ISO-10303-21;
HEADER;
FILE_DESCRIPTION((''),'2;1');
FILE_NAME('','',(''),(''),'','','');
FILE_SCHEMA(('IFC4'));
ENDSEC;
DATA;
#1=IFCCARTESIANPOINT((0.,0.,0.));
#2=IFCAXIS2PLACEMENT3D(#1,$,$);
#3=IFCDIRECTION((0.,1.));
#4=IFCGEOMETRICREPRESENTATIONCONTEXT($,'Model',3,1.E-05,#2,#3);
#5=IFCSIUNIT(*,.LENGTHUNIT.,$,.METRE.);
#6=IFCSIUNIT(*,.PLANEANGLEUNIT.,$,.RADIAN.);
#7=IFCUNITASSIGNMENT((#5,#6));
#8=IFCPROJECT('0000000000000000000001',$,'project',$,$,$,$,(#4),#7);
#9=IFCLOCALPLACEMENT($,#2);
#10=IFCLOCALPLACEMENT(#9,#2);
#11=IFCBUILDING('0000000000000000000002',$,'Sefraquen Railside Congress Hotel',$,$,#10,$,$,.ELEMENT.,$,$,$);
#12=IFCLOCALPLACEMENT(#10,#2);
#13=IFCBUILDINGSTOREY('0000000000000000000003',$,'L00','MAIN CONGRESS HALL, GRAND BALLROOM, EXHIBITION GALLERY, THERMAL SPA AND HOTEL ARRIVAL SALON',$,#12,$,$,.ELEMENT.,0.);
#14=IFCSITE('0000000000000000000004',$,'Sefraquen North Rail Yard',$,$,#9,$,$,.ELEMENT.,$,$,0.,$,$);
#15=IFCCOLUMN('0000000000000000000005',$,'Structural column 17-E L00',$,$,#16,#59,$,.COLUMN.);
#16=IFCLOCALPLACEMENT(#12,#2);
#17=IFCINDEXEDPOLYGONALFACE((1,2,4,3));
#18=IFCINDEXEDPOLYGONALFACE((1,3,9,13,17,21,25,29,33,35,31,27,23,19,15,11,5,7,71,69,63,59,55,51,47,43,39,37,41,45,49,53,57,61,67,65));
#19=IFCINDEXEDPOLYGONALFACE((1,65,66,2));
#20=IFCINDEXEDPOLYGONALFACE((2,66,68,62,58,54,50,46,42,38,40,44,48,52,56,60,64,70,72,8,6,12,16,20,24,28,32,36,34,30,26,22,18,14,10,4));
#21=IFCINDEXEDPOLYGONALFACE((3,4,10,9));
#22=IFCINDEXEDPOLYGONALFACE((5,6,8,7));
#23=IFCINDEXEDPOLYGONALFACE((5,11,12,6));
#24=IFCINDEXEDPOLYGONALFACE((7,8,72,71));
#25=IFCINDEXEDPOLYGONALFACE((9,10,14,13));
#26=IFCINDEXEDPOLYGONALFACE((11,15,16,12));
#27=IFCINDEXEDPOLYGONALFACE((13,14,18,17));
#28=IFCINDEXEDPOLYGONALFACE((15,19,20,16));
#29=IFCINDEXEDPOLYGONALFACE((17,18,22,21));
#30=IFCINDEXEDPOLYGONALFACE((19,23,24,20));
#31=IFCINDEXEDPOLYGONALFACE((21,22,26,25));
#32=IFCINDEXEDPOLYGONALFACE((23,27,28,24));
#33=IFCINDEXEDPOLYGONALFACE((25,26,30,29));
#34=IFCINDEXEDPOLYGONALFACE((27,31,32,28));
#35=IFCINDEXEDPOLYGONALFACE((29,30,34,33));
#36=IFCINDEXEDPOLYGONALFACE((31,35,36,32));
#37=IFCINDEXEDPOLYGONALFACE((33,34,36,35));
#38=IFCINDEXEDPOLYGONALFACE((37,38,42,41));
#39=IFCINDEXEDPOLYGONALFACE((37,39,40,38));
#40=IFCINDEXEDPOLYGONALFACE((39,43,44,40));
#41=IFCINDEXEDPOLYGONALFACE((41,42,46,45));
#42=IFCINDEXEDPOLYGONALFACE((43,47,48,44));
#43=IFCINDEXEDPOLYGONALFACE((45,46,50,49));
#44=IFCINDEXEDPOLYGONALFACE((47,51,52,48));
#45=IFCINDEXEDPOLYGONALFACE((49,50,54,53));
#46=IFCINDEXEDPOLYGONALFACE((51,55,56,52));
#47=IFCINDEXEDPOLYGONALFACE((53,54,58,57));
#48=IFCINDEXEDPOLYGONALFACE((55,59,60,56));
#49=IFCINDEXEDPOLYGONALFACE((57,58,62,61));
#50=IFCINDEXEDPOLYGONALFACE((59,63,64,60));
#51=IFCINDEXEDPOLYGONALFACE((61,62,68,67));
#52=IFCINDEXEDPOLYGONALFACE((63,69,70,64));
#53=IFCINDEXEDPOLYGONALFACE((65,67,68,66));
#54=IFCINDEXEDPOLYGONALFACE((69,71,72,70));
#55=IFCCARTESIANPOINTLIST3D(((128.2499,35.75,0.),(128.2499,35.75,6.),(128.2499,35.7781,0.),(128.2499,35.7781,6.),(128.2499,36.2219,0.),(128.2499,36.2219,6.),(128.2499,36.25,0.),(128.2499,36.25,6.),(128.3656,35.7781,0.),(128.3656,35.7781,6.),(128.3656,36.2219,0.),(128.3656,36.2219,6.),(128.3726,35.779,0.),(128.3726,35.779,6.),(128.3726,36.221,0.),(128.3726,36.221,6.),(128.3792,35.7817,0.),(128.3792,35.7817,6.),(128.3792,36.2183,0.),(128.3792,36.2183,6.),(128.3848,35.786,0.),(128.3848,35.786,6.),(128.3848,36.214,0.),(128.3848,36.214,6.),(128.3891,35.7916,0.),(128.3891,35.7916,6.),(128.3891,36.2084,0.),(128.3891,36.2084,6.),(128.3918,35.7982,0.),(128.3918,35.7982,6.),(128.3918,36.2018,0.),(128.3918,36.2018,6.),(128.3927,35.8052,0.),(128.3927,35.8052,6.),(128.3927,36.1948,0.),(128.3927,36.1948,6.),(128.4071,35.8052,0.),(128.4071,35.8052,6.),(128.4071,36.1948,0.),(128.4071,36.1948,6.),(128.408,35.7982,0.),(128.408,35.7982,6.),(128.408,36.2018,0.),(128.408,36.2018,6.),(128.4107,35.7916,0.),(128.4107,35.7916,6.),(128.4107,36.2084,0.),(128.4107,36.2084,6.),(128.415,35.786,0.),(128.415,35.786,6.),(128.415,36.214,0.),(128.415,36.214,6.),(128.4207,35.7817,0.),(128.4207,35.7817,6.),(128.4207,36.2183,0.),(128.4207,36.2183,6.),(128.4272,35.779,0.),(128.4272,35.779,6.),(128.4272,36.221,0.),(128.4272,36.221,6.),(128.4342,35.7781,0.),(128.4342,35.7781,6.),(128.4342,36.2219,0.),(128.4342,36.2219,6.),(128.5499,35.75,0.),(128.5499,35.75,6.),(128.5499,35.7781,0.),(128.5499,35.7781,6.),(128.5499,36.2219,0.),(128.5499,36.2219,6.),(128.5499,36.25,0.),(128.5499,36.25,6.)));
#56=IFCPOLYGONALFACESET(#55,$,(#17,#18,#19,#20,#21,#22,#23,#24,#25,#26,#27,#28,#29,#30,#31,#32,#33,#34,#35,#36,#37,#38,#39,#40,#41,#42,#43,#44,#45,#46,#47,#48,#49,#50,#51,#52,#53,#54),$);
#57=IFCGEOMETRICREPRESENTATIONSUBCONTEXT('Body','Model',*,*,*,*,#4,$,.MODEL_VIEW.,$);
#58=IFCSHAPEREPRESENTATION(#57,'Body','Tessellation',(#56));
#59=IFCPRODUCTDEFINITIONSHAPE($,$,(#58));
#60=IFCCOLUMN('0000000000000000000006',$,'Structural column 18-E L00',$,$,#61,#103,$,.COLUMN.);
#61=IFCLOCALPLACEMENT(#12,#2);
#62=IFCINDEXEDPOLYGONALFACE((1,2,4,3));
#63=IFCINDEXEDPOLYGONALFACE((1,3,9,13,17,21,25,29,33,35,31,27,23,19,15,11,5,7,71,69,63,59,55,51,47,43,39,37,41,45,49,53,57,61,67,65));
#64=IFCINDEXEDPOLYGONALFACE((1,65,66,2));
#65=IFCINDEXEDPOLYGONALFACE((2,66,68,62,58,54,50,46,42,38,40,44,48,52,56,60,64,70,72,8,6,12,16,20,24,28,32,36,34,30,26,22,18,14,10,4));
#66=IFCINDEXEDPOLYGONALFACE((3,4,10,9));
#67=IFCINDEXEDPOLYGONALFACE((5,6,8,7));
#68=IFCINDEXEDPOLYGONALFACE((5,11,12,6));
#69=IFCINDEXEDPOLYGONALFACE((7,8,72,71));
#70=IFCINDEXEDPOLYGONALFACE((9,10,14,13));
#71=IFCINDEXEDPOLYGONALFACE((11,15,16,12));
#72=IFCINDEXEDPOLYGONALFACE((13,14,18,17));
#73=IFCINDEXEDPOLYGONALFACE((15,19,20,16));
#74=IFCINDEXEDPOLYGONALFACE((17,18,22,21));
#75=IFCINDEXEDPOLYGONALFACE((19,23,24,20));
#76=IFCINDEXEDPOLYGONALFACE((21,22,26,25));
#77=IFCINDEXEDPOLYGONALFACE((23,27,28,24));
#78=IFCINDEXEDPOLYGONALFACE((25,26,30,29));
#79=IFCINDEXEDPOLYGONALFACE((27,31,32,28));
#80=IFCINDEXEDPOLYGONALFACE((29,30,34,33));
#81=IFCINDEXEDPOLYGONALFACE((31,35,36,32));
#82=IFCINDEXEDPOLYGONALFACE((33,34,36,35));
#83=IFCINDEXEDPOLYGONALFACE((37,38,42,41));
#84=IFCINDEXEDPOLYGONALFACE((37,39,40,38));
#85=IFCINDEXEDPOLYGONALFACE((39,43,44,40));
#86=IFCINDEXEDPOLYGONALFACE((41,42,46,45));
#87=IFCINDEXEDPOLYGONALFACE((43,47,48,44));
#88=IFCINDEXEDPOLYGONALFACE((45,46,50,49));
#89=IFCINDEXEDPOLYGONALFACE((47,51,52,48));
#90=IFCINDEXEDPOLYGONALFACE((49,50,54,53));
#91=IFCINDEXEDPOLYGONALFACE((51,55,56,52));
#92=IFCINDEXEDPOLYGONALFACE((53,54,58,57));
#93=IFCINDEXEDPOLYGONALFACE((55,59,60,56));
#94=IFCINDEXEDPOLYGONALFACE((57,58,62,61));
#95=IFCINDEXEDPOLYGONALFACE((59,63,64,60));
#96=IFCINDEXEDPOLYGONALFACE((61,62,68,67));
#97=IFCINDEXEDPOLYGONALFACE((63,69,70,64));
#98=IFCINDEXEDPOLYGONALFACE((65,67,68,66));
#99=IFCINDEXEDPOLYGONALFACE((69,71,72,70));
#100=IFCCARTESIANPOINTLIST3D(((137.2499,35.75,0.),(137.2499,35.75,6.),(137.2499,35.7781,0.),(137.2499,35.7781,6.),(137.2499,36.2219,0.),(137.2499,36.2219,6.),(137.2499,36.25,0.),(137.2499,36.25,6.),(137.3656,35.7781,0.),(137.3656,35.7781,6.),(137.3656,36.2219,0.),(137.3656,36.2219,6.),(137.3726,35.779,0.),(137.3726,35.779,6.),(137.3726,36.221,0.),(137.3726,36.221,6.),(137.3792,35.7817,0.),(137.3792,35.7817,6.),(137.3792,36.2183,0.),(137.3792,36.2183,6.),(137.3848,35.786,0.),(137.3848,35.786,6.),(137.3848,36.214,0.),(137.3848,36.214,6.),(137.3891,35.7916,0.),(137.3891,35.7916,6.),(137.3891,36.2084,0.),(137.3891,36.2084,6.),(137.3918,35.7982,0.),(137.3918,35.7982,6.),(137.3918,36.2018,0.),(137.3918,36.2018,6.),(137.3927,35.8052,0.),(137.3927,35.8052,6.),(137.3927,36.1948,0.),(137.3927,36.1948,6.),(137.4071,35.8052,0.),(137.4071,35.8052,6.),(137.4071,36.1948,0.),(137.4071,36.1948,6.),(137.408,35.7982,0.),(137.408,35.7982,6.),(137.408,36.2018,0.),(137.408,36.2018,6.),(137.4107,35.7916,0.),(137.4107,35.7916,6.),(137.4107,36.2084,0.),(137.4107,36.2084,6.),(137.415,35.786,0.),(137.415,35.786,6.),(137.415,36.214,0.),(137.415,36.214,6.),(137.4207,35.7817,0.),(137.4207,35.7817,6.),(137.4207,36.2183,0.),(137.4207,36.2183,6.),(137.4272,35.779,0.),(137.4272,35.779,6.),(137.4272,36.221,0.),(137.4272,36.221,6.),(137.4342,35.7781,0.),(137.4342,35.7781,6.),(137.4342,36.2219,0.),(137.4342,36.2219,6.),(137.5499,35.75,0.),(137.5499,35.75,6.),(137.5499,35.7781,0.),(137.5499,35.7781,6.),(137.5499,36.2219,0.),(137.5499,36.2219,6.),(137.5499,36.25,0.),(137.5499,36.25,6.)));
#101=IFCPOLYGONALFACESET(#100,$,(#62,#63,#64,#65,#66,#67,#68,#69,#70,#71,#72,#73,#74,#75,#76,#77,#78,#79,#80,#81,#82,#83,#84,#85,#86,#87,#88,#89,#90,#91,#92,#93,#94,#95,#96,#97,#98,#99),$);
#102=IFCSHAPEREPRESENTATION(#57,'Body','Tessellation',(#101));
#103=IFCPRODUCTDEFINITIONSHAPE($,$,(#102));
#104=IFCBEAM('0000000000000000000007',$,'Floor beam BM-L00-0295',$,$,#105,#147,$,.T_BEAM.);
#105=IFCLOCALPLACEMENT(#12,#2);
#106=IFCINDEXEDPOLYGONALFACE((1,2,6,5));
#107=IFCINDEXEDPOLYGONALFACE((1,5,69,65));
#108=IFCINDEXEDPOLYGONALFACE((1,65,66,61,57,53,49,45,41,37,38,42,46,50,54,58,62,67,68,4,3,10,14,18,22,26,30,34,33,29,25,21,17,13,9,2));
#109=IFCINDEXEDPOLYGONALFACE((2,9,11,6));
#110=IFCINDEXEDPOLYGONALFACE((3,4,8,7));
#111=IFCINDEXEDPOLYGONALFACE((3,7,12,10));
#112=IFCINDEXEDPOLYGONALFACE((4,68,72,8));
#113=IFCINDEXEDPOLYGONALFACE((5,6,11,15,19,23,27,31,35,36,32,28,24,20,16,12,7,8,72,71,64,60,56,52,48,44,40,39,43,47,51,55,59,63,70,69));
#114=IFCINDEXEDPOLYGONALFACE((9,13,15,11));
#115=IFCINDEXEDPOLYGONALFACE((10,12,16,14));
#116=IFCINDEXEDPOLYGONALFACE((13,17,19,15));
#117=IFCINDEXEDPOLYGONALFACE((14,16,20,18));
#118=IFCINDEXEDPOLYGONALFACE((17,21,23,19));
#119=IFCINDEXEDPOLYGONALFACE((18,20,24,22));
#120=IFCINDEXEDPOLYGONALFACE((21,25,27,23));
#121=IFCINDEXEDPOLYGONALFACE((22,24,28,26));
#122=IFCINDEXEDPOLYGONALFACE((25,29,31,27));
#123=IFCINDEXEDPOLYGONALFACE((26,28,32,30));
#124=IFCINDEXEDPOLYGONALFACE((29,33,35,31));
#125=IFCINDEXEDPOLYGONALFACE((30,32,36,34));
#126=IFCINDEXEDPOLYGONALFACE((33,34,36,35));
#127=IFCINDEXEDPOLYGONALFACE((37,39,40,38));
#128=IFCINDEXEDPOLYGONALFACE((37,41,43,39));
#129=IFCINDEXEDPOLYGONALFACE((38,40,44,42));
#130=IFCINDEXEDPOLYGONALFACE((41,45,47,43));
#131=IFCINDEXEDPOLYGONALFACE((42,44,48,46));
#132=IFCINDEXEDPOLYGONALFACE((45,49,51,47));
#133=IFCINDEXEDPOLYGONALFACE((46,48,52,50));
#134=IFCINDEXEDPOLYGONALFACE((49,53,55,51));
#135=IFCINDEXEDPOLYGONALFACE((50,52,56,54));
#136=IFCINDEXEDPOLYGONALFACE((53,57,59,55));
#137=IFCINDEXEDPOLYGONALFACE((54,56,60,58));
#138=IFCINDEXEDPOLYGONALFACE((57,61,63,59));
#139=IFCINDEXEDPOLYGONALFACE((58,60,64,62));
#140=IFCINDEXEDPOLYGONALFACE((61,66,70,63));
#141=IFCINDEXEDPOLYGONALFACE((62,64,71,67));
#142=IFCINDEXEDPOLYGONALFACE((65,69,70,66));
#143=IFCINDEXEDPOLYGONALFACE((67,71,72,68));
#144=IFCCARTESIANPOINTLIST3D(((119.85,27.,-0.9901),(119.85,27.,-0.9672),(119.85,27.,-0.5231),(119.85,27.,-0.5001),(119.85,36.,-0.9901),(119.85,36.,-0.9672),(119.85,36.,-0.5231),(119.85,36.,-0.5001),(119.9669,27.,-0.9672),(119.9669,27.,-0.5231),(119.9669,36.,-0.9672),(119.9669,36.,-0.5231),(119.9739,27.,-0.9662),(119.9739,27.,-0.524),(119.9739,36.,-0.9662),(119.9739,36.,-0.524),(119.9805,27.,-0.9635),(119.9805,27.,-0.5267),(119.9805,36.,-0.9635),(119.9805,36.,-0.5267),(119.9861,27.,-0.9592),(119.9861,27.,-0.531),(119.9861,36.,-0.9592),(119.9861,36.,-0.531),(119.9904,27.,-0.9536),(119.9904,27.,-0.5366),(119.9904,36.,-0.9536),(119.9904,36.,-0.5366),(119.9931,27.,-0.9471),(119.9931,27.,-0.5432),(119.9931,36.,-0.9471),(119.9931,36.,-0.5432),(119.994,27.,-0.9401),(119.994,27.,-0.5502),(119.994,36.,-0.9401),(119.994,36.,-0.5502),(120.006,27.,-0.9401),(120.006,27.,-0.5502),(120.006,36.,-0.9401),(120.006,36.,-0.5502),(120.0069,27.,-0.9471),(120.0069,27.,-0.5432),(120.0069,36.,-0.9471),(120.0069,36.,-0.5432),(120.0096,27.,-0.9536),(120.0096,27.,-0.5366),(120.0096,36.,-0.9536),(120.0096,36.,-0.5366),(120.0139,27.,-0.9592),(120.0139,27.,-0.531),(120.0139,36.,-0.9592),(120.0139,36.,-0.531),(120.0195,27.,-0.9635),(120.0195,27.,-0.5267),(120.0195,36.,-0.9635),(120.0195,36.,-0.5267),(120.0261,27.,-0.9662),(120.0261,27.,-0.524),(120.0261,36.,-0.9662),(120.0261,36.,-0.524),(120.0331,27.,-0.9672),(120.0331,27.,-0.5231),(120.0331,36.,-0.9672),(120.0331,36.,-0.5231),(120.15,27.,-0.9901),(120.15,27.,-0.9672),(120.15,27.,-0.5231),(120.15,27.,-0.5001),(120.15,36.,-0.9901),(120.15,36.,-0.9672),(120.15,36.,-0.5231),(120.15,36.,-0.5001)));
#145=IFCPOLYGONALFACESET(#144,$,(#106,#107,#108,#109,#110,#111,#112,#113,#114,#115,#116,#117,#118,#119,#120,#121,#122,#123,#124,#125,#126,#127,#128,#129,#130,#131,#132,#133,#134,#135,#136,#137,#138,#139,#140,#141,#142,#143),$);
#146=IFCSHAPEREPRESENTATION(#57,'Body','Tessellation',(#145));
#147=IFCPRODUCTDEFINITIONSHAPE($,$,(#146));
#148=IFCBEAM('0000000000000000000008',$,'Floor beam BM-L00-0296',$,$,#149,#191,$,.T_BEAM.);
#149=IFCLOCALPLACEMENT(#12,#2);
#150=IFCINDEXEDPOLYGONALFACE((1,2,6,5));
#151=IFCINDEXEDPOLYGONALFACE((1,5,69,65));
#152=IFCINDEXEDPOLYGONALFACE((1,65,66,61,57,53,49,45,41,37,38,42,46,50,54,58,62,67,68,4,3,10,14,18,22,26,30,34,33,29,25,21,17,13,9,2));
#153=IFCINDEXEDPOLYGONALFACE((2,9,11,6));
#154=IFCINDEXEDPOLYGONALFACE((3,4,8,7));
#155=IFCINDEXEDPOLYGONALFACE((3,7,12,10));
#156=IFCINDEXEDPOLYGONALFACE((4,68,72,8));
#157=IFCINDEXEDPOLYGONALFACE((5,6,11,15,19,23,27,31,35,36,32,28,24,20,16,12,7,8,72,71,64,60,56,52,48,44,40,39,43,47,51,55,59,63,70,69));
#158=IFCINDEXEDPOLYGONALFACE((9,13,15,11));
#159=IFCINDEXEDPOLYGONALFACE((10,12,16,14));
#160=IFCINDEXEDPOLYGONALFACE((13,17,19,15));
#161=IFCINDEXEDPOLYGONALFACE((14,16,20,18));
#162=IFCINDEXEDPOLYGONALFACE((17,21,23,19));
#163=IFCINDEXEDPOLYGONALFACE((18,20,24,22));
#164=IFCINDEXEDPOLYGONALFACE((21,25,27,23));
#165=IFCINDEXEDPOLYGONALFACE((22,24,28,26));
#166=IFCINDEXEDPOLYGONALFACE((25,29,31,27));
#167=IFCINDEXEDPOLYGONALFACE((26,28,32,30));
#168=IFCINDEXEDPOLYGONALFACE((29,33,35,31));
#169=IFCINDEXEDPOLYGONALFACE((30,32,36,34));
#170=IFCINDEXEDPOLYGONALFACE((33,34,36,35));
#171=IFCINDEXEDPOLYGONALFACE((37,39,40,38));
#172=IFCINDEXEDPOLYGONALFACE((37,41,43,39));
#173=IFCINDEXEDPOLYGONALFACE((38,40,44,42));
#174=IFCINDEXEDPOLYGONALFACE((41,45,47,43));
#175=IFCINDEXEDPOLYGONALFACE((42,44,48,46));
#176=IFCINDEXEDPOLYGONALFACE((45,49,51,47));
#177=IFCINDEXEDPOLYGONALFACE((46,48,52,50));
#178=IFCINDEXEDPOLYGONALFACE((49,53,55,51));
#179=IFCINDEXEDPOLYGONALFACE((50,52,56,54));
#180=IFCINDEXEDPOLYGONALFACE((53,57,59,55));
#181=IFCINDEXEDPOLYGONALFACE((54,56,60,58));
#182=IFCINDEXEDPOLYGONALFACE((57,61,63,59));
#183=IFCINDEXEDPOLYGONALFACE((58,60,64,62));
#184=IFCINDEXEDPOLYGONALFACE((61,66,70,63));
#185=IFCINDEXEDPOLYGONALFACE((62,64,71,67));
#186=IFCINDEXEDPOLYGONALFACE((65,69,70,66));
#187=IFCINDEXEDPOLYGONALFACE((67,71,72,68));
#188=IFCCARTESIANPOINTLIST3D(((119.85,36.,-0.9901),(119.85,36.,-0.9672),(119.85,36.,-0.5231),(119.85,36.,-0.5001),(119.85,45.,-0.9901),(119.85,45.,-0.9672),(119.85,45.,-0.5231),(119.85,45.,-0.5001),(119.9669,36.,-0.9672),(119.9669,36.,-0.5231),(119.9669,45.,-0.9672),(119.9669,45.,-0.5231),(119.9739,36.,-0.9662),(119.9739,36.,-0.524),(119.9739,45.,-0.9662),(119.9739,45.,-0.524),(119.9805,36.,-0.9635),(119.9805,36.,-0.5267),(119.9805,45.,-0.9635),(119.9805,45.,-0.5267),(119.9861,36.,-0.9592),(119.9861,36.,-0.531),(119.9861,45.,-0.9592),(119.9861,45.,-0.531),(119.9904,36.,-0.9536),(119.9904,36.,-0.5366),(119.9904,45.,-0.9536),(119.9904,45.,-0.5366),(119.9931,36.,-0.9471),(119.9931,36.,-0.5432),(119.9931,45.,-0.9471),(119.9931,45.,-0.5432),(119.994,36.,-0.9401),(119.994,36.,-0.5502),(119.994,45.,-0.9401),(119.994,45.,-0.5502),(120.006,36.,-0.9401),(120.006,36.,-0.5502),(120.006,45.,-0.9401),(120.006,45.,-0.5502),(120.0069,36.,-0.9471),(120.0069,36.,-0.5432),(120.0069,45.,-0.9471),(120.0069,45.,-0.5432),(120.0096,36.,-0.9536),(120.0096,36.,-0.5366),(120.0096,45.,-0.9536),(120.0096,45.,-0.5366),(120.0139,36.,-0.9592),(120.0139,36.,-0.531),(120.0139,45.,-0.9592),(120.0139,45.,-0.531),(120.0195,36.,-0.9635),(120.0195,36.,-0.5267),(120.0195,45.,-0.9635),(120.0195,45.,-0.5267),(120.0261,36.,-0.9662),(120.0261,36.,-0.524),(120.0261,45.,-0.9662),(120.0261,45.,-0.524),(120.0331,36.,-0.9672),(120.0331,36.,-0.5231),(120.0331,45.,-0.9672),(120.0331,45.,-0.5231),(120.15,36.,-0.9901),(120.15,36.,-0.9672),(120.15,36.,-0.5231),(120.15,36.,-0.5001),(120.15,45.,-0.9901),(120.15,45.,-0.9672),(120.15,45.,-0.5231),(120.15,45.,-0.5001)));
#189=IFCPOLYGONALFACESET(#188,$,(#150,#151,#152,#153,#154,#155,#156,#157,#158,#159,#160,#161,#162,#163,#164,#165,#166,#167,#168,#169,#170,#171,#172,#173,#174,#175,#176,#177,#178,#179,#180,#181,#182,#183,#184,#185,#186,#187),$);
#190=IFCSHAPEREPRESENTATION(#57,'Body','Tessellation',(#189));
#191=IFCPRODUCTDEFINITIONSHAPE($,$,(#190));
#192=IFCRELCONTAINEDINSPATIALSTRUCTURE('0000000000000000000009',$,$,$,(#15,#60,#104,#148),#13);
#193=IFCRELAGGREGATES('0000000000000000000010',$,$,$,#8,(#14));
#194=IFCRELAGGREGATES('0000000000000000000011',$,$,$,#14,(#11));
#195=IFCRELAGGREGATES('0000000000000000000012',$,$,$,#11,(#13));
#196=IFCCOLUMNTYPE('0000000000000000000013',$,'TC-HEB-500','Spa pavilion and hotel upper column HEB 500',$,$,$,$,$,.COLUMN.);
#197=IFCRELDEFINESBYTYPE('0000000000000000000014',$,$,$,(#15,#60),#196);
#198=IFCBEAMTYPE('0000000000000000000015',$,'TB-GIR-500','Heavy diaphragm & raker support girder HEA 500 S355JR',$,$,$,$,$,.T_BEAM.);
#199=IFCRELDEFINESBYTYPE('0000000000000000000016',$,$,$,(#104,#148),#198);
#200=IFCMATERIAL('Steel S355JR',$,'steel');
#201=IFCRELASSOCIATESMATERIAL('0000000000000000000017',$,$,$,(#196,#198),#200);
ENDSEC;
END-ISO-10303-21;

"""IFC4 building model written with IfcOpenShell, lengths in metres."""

from ifc_helpers import new_model, si_unit, direction, frame, origin, origin_2d, place, context, subcontext, project, spatial, i_section, extrude, material, material_profile, profile_set, type_object, element, save


model = new_model("IFC4")

# Units and contexts
model_context = context("Model", 3, precision=1e-05, world=origin(), true_north=direction((0.0, 1.0)))
body_context = subcontext(model_context, "Body", "Model", "MODEL_VIEW")
ifc_project = project(units=[si_unit("LENGTHUNIT", "METRE"), si_unit("PLANEANGLEUNIT", "RADIAN")], contexts=[model_context])

# Site, building, storey
site_placement = place(None, origin())
site = spatial("IfcSite", under=ifc_project, at=site_placement, Name="Sefraquen North Rail Yard", CompositionType="ELEMENT", RefElevation=0.0)
building_placement = place(site_placement, origin())
building = spatial("IfcBuilding", under=site, at=building_placement, Name="Sefraquen Railside Congress Hotel", CompositionType="ELEMENT")
storey_placement = place(building_placement, origin())
storey = spatial("IfcBuildingStorey", under=building, at=storey_placement, Name="L00", Description="MAIN CONGRESS HALL, GRAND BALLROOM, EXHIBITION GALLERY, THERMAL SPA AND HOTEL ARRIVAL SALON", CompositionType="ELEMENT", Elevation=0.0)

# Columns
ifc_material_1 = material(Name="Steel S355JR", Category="steel")
ifc_material_profile_1 = material_profile(ifc_material_1, i_section(OverallWidth=0.3, OverallDepth=0.5, WebThickness=0.0144, FlangeThickness=0.0281, FilletRadius=0.0271, at=origin_2d()), Name="HEB 500")
ifc_profile_set_1 = profile_set([ifc_material_profile_1], Name="Steel S355JR")
column_type = type_object("IfcColumnType", Name="TC-HEB-500", Description="Spa pavilion and hotel upper column HEB 500", PredefinedType="COLUMN", material=ifc_profile_set_1)
for number, where, z_axis, x_axis, name in (
    (1, (128.3999, 36.0, 0.0), (0.0, 0.0, 1.0), (1.0, 0.0, 0.0), "Structural column 17-E L00"),
    (2, (137.3999, 36.0, 0.0), (0.0, 0.0, 1.0), (1.0, 0.0, 0.0), "Structural column 18-E L00"),
):
    element("IfcColumn", number, at=place(storey_placement, frame(where, z_axis=z_axis, x_axis=x_axis)), inside=storey, type_object=column_type, Name=name, PredefinedType="COLUMN", context=body_context, shape_type="SweptSolid", body=[
        extrude(i_section(OverallWidth=0.3, OverallDepth=0.5, WebThickness=0.0144, FlangeThickness=0.0281, FilletRadius=0.0271, at=origin_2d()), origin(), (0.0, 0.0, 1.0), 6.0),
    ])

# Beams
ifc_material_profile_2 = material_profile(ifc_material_1, i_section(OverallWidth=0.3, OverallDepth=0.49, WebThickness=0.012, FlangeThickness=0.0229, FilletRadius=0.0271, at=origin_2d()), Name="HEA 500")
ifc_profile_set_2 = profile_set([ifc_material_profile_2], Name="Steel S355JR")
beam_type_1 = type_object("IfcBeamType", Name="TB-GIR-500", Description="Heavy diaphragm & raker support girder HEA 500 S355JR", PredefinedType="T_BEAM", material=ifc_profile_set_2)
for number, where, z_axis, x_axis, name in (
    (3, (120.0, 27.0, -0.7451), (0.0, 1.0, 0.0), (-1.0, 0.0, 0.0), "Floor beam BM-L00-0295"),
    (4, (120.0, 36.0, -0.7451), (0.0, 1.0, 0.0), (-1.0, 0.0, 0.0), "Floor beam BM-L00-0296"),
):
    element("IfcBeam", number, at=place(storey_placement, frame(where, z_axis=z_axis, x_axis=x_axis)), inside=storey, type_object=beam_type_1, Name=name, PredefinedType="T_BEAM", context=body_context, shape_type="SweptSolid", body=[
        extrude(i_section(OverallWidth=0.3, OverallDepth=0.49, WebThickness=0.012, FlangeThickness=0.0229, FilletRadius=0.0271, at=origin_2d()), origin(), (0.0, 0.0, 1.0), 9.0),
    ])

save(model, "model.ifc")
